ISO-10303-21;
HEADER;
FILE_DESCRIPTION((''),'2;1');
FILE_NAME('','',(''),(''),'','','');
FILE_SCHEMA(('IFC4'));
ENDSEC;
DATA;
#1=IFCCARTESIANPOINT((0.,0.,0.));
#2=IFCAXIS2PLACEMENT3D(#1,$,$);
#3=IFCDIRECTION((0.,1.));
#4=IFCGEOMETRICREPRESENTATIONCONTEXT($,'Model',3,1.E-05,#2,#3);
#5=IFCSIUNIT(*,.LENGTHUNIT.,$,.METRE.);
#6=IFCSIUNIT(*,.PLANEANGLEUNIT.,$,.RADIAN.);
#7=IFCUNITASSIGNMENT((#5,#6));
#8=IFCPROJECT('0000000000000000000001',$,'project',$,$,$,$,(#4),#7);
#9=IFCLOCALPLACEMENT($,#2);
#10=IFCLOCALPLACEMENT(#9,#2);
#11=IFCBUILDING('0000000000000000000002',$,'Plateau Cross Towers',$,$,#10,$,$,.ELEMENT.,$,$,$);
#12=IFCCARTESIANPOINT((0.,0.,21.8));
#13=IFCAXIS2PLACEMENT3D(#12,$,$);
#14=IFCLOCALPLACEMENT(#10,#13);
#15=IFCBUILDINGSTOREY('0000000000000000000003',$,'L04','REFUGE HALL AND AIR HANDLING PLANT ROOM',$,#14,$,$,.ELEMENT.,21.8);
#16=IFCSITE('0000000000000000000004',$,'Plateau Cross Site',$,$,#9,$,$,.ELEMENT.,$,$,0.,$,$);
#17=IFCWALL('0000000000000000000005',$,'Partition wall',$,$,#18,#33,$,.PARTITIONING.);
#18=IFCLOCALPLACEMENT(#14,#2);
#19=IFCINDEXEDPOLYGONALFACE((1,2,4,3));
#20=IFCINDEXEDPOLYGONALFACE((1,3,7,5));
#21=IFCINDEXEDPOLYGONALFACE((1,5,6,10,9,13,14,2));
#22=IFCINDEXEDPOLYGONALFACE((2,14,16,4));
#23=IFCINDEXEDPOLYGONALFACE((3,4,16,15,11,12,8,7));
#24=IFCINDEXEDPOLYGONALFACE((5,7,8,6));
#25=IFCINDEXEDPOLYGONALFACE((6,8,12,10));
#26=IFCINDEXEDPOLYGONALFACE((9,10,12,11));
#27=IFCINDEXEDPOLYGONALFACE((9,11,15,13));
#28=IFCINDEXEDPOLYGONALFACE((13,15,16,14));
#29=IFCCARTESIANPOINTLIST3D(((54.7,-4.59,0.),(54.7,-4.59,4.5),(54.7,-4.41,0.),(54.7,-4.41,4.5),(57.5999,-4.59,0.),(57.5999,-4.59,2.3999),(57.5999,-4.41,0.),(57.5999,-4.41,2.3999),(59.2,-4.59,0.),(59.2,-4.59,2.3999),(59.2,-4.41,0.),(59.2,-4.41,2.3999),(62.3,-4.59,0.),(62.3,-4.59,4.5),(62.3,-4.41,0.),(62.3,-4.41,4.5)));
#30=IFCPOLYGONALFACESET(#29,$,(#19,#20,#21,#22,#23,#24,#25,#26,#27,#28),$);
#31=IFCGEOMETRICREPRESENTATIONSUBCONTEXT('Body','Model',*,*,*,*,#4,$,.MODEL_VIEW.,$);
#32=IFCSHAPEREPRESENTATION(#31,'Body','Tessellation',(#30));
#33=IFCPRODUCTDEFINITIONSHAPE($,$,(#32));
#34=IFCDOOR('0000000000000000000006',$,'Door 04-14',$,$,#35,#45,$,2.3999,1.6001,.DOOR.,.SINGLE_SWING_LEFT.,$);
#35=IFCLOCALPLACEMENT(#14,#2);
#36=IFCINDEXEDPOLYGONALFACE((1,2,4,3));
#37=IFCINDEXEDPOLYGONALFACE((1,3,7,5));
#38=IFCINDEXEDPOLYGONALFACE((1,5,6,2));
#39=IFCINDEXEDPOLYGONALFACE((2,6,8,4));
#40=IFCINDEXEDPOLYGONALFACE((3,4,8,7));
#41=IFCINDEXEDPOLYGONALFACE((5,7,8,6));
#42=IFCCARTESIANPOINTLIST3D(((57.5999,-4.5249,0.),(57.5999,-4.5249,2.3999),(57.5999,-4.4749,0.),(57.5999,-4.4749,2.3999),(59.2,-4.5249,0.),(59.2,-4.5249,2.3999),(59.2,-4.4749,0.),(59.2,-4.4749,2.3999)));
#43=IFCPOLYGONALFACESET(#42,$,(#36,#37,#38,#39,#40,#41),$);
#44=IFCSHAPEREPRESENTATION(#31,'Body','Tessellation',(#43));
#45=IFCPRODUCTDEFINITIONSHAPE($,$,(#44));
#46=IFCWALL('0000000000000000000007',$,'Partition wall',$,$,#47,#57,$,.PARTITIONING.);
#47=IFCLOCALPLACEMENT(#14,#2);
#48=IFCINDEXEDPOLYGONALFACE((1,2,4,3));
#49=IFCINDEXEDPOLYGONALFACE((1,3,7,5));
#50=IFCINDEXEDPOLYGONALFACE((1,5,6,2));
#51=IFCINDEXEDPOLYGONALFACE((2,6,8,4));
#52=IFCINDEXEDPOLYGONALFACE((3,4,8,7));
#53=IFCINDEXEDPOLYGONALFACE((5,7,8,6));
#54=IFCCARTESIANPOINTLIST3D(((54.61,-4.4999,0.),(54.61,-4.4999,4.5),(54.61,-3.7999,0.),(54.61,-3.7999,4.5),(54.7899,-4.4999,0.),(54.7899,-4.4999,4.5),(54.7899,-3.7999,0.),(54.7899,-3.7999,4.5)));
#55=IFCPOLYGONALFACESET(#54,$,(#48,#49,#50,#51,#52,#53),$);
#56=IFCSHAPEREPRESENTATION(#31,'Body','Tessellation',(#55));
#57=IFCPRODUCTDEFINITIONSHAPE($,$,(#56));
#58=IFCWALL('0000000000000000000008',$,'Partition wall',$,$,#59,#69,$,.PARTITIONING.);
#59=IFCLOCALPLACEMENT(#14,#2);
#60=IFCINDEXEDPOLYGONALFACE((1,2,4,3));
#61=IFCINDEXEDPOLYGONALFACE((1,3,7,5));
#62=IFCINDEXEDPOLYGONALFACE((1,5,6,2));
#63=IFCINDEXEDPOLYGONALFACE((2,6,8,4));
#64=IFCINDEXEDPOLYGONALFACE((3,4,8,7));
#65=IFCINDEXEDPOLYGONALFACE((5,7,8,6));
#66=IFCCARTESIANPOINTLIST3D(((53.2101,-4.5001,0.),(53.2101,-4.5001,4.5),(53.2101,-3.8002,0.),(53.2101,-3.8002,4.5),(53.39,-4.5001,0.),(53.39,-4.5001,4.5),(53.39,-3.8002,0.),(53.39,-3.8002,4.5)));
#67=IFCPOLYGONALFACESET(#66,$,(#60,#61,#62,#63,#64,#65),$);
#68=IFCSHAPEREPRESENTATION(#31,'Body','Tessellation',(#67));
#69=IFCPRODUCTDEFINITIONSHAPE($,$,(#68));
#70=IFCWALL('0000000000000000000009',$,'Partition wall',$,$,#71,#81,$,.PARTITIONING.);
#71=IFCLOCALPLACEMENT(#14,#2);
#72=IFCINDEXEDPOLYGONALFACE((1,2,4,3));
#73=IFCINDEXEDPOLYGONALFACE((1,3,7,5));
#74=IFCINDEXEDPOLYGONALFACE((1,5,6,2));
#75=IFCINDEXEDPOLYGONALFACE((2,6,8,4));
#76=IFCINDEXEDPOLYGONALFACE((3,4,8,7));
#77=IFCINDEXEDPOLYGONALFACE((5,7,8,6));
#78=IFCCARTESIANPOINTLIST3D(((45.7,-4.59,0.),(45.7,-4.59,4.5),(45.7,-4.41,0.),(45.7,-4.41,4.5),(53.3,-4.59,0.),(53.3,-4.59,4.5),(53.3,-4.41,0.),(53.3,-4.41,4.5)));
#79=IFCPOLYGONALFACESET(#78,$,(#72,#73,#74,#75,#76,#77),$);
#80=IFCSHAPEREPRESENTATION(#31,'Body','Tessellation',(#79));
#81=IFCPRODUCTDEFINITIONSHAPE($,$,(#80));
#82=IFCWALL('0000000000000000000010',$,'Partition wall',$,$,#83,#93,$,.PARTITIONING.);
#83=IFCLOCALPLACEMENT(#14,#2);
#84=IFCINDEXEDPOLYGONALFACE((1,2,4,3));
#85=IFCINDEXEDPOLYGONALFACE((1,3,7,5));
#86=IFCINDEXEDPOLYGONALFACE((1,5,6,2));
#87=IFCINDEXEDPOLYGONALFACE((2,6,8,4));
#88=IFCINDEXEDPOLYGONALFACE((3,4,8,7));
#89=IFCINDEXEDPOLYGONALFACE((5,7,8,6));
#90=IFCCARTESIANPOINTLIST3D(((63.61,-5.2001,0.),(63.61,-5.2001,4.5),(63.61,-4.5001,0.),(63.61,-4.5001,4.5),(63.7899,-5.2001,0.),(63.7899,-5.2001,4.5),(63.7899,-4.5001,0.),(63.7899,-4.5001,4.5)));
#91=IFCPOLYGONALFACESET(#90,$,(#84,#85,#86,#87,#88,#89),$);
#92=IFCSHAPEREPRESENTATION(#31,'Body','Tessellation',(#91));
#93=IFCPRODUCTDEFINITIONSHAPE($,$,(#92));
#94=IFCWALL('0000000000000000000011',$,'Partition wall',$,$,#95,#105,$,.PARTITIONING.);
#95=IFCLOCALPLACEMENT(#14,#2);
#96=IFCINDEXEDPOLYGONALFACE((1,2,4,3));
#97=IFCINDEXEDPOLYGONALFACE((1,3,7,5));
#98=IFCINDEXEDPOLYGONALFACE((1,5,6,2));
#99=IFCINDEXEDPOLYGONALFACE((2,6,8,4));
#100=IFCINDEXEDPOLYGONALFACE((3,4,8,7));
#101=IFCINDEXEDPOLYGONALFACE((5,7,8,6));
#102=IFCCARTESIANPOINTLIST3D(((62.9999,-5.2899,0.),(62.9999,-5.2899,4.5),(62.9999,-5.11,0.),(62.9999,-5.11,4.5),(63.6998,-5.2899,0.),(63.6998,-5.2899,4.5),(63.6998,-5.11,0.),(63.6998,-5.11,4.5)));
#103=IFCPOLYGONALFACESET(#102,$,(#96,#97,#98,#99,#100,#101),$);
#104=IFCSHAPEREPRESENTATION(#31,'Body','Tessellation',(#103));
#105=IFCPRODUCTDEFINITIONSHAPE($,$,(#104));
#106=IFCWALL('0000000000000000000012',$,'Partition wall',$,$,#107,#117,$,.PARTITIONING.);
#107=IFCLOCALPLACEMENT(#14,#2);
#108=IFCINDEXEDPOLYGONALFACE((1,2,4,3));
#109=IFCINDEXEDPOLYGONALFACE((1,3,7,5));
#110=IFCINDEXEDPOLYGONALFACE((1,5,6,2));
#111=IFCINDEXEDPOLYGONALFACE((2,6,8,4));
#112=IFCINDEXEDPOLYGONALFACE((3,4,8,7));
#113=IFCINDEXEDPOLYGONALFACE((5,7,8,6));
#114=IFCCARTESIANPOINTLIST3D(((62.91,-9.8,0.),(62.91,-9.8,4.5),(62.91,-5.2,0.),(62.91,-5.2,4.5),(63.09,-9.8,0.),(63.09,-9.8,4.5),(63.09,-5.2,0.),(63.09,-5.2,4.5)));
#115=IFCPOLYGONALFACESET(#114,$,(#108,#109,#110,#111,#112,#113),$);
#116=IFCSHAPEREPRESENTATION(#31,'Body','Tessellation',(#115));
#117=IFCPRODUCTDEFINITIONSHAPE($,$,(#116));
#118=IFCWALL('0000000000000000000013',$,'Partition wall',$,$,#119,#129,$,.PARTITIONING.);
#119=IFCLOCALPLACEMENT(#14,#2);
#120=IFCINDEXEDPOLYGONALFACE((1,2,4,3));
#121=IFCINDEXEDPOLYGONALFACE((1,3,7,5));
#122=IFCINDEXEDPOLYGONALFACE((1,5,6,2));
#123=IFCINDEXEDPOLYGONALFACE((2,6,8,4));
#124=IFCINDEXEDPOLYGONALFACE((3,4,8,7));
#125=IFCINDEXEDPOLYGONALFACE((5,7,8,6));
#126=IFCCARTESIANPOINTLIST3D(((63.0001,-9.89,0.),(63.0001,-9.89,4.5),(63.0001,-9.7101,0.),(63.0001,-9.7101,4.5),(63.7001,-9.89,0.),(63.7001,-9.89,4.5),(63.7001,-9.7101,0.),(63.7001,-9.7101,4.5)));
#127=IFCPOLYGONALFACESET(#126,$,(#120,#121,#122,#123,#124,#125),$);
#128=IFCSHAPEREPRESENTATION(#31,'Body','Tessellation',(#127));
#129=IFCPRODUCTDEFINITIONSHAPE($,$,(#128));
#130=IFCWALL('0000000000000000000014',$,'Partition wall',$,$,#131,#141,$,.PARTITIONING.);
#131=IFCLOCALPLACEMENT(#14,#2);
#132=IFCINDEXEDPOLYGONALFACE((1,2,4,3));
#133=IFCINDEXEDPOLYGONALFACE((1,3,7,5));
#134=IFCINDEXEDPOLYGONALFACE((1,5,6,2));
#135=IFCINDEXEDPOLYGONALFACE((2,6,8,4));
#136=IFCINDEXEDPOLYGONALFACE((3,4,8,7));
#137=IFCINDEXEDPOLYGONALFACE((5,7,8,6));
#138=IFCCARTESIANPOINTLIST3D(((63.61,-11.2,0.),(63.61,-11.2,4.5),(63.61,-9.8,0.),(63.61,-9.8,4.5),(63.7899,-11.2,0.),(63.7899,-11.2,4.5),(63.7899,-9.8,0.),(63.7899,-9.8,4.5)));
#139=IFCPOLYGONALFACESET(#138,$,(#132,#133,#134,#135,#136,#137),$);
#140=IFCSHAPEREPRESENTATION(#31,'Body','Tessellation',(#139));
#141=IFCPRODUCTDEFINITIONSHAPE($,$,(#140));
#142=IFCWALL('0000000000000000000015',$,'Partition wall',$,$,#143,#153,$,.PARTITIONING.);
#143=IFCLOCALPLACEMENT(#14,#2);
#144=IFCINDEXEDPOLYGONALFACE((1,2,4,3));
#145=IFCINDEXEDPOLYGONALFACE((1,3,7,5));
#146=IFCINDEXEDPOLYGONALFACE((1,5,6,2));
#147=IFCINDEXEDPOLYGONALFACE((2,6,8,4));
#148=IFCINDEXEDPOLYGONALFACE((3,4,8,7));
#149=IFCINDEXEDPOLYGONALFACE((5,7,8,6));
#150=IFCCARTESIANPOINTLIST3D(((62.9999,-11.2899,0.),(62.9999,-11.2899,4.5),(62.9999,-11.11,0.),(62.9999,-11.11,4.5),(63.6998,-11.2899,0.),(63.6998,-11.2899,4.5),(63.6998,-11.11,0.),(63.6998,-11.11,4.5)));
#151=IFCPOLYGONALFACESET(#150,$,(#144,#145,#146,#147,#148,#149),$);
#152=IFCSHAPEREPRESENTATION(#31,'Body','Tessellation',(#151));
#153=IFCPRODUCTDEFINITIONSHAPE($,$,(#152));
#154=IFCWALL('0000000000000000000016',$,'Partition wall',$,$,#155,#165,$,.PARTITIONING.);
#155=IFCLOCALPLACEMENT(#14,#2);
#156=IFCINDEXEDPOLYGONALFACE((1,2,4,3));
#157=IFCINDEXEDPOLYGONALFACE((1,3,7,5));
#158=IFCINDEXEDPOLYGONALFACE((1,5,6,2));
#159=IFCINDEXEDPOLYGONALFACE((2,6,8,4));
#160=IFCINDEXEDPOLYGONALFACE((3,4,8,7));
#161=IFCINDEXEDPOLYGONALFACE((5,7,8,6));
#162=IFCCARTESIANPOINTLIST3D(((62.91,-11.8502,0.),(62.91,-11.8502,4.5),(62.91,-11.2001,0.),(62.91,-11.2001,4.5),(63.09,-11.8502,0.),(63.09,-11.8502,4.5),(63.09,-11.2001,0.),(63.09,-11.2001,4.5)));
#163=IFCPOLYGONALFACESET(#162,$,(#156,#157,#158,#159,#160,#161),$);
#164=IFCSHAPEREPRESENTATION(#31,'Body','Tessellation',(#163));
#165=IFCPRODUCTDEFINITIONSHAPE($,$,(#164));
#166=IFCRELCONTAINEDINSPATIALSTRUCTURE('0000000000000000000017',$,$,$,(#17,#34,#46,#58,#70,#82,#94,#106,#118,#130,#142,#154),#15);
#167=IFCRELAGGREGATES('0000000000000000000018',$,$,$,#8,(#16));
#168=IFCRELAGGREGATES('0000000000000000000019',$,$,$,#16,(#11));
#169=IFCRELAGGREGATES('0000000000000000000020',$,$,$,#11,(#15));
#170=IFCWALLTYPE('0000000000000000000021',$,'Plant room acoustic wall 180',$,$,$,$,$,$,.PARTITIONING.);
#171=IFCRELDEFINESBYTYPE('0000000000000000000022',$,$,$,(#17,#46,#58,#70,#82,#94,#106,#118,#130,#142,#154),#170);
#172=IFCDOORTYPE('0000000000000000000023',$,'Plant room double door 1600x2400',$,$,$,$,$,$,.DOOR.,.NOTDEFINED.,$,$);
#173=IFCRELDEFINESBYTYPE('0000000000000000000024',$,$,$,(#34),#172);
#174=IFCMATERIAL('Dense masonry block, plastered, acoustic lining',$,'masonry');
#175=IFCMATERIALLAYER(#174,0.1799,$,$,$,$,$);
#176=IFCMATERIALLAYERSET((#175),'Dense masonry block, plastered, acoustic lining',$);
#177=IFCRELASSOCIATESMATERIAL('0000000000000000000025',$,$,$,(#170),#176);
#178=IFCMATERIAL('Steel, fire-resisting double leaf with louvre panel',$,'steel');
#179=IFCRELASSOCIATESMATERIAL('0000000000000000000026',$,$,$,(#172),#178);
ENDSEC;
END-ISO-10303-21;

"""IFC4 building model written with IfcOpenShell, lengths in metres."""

from ifc_helpers import new_model, si_unit, direction, frame, frame_2d, origin, place, context, subcontext, project, spatial, rectangle, extrude, material, layer, layer_set, type_object, element, fill, save


model = new_model("IFC4")

# Units and contexts
model_context = context("Model", 3, precision=1e-05, world=origin(), true_north=direction((0.0, 1.0)))
body_context = subcontext(model_context, "Body", "Model", "MODEL_VIEW")
ifc_project = project(units=[si_unit("LENGTHUNIT", "METRE"), si_unit("PLANEANGLEUNIT", "RADIAN")], contexts=[model_context])

# Site, building, storey
site_placement = place(None, origin())
site = spatial("IfcSite", under=ifc_project, at=site_placement, Name="Plateau Cross Site", CompositionType="ELEMENT", RefElevation=0.0)
building_placement = place(site_placement, origin())
building = spatial("IfcBuilding", under=site, at=building_placement, Name="Plateau Cross Towers", CompositionType="ELEMENT")
storey_placement = place(building_placement, frame((0.0, 0.0, 21.8)))
storey = spatial("IfcBuildingStorey", under=building, at=storey_placement, Name="L04", Description="REFUGE HALL AND AIR HANDLING PLANT ROOM", CompositionType="ELEMENT", Elevation=21.8)

# Shared definitions
ifc_material_1 = material(Name="Dense masonry block, plastered, acoustic lining", Category="masonry")
ifc_layer_1 = layer(ifc_material_1, 0.1799)
ifc_layer_set_1 = layer_set([ifc_layer_1], Name="Dense masonry block, plastered, acoustic lining")
wall_type = type_object("IfcWallType", Name="Plant room acoustic wall 180", PredefinedType="PARTITIONING", material=ifc_layer_set_1)

# Wall, opening, door
wall_1_placement = place(storey_placement, frame((62.3, -4.5, 0.0), z_axis=(0.0, 0.0, 1.0), x_axis=(-1.0, 0.0, 0.0)))
wall_1 = element("IfcWall", 1, at=wall_1_placement, inside=storey, type_object=wall_type, Name="Partition wall", PredefinedType="PARTITIONING", context=body_context, shape_type="SweptSolid", body=[
    extrude(rectangle(XDim=7.6001, YDim=0.1799, at=frame_2d((3.8, 0.0))), origin(), (0.0, 0.0, 1.0), 4.5),
])
opening_placement = place(wall_1_placement, frame((3.1001, 0.0, 0.0)))
opening = element("IfcOpeningElement", 2, at=opening_placement, cuts=wall_1, PredefinedType="OPENING", context=body_context, shape_type="SweptSolid", body=[
    extrude(rectangle(XDim=1.6001, YDim=2.3999, at=frame_2d((0.8, 1.2))), frame((0.0, 0.0999, 0.0), z_axis=(0.0, -1.0, 0.0), x_axis=(1.0, 0.0, 0.0)), (0.0, 0.0, 1.0), 0.2),
])
ifc_material_2 = material(Name="Steel, fire-resisting double leaf with louvre panel", Category="steel")
door_type = type_object("IfcDoorType", Name="Plant room double door 1600x2400", OperationType="NOTDEFINED", PredefinedType="DOOR", material=ifc_material_2)
door_placement = place(opening_placement, origin())
door = element("IfcDoor", 3, at=door_placement, inside=storey, type_object=door_type, Name="Door 04-14", OperationType="SINGLE_SWING_LEFT", OverallHeight=2.3999, OverallWidth=1.6001, PredefinedType="DOOR", context=body_context, shape_type="SweptSolid", body=[
    extrude(rectangle(XDim=1.6001, YDim=2.3999, at=frame_2d((0.8, 1.2))), frame((0.0, 0.0249, 0.0), z_axis=(0.0, -1.0, 0.0), x_axis=(1.0, 0.0, 0.0)), (0.0, 0.0, 1.0), 0.05),
])
fill(opening, door)

# Walls
for number, where, z_axis, x_axis, name in (
    (4, (54.7, -4.5, 0.0), (0.0, 0.0, 1.0), (0.0, 1.0, 0.0), "Partition wall"),
    (5, (53.3, -3.8, 0.0), (0.0, 0.0, 1.0), (0.0, -1.0, 0.0), "Partition wall"),
):
    element("IfcWall", number, at=place(storey_placement, frame(where, z_axis=z_axis, x_axis=x_axis)), inside=storey, type_object=wall_type, Name=name, PredefinedType="PARTITIONING", context=body_context, shape_type="SweptSolid", body=[
        extrude(rectangle(XDim=0.7, YDim=0.1799, at=frame_2d((0.3501, 0.0))), origin(), (0.0, 0.0, 1.0), 4.5),
    ])
wall_2_placement = place(storey_placement, frame((53.3, -4.5, 0.0), z_axis=(0.0, 0.0, 1.0), x_axis=(-1.0, 0.0, 0.0)))
element("IfcWall", 6, at=wall_2_placement, inside=storey, type_object=wall_type, Name="Partition wall", PredefinedType="PARTITIONING", context=body_context, shape_type="SweptSolid", body=[
    extrude(rectangle(XDim=7.6001, YDim=0.1799, at=frame_2d((3.8, 0.0))), origin(), (0.0, 0.0, 1.0), 4.5),
])
for number, where, z_axis, x_axis, name in (
    (7, (63.7, -4.5, 0.0), (0.0, 0.0, 1.0), (0.0, -1.0, 0.0), "Partition wall"),
    (8, (63.7, -5.2, 0.0), (0.0, 0.0, 1.0), (-1.0, 0.0, 0.0), "Partition wall"),
):
    element("IfcWall", number, at=place(storey_placement, frame(where, z_axis=z_axis, x_axis=x_axis)), inside=storey, type_object=wall_type, Name=name, PredefinedType="PARTITIONING", context=body_context, shape_type="SweptSolid", body=[
        extrude(rectangle(XDim=0.7, YDim=0.1799, at=frame_2d((0.3501, 0.0))), origin(), (0.0, 0.0, 1.0), 4.5),
    ])
wall_3_placement = place(storey_placement, frame((63.0, -5.2, 0.0), z_axis=(0.0, 0.0, 1.0), x_axis=(0.0, -1.0, 0.0)))
element("IfcWall", 9, at=wall_3_placement, inside=storey, type_object=wall_type, Name="Partition wall", PredefinedType="PARTITIONING", context=body_context, shape_type="SweptSolid", body=[
    extrude(rectangle(XDim=4.6001, YDim=0.1799, at=frame_2d((2.3, 0.0))), origin(), (0.0, 0.0, 1.0), 4.5),
])
wall_4_placement = place(storey_placement, frame((63.0, -9.8, 0.0), z_axis=(0.0, 0.0, 1.0), x_axis=(1.0, 0.0, 0.0)))
element("IfcWall", 10, at=wall_4_placement, inside=storey, type_object=wall_type, Name="Partition wall", PredefinedType="PARTITIONING", context=body_context, shape_type="SweptSolid", body=[
    extrude(rectangle(XDim=0.7, YDim=0.1799, at=frame_2d((0.3501, 0.0))), origin(), (0.0, 0.0, 1.0), 4.5),
])
wall_5_placement = place(storey_placement, frame((63.7, -9.8, 0.0), z_axis=(0.0, 0.0, 1.0), x_axis=(0.0, -1.0, 0.0)))
element("IfcWall", 11, at=wall_5_placement, inside=storey, type_object=wall_type, Name="Partition wall", PredefinedType="PARTITIONING", context=body_context, shape_type="SweptSolid", body=[
    extrude(rectangle(XDim=1.3999, YDim=0.1799, at=frame_2d((0.7, 0.0))), origin(), (0.0, 0.0, 1.0), 4.5),
])
wall_6_placement = place(storey_placement, frame((63.7, -11.2, 0.0), z_axis=(0.0, 0.0, 1.0), x_axis=(-1.0, 0.0, 0.0)))
element("IfcWall", 12, at=wall_6_placement, inside=storey, type_object=wall_type, Name="Partition wall", PredefinedType="PARTITIONING", context=body_context, shape_type="SweptSolid", body=[
    extrude(rectangle(XDim=0.7, YDim=0.1799, at=frame_2d((0.3501, 0.0))), origin(), (0.0, 0.0, 1.0), 4.5),
])
wall_7_placement = place(storey_placement, frame((63.0, -11.2, 0.0), z_axis=(0.0, 0.0, 1.0), x_axis=(0.0, -1.0, 0.0)))
element("IfcWall", 13, at=wall_7_placement, inside=storey, type_object=wall_type, Name="Partition wall", PredefinedType="PARTITIONING", context=body_context, shape_type="SweptSolid", body=[
    extrude(rectangle(XDim=0.6501, YDim=0.1799, at=frame_2d((0.3252, 0.0))), origin(), (0.0, 0.0, 1.0), 4.5),
])

save(model, "model.ifc")
